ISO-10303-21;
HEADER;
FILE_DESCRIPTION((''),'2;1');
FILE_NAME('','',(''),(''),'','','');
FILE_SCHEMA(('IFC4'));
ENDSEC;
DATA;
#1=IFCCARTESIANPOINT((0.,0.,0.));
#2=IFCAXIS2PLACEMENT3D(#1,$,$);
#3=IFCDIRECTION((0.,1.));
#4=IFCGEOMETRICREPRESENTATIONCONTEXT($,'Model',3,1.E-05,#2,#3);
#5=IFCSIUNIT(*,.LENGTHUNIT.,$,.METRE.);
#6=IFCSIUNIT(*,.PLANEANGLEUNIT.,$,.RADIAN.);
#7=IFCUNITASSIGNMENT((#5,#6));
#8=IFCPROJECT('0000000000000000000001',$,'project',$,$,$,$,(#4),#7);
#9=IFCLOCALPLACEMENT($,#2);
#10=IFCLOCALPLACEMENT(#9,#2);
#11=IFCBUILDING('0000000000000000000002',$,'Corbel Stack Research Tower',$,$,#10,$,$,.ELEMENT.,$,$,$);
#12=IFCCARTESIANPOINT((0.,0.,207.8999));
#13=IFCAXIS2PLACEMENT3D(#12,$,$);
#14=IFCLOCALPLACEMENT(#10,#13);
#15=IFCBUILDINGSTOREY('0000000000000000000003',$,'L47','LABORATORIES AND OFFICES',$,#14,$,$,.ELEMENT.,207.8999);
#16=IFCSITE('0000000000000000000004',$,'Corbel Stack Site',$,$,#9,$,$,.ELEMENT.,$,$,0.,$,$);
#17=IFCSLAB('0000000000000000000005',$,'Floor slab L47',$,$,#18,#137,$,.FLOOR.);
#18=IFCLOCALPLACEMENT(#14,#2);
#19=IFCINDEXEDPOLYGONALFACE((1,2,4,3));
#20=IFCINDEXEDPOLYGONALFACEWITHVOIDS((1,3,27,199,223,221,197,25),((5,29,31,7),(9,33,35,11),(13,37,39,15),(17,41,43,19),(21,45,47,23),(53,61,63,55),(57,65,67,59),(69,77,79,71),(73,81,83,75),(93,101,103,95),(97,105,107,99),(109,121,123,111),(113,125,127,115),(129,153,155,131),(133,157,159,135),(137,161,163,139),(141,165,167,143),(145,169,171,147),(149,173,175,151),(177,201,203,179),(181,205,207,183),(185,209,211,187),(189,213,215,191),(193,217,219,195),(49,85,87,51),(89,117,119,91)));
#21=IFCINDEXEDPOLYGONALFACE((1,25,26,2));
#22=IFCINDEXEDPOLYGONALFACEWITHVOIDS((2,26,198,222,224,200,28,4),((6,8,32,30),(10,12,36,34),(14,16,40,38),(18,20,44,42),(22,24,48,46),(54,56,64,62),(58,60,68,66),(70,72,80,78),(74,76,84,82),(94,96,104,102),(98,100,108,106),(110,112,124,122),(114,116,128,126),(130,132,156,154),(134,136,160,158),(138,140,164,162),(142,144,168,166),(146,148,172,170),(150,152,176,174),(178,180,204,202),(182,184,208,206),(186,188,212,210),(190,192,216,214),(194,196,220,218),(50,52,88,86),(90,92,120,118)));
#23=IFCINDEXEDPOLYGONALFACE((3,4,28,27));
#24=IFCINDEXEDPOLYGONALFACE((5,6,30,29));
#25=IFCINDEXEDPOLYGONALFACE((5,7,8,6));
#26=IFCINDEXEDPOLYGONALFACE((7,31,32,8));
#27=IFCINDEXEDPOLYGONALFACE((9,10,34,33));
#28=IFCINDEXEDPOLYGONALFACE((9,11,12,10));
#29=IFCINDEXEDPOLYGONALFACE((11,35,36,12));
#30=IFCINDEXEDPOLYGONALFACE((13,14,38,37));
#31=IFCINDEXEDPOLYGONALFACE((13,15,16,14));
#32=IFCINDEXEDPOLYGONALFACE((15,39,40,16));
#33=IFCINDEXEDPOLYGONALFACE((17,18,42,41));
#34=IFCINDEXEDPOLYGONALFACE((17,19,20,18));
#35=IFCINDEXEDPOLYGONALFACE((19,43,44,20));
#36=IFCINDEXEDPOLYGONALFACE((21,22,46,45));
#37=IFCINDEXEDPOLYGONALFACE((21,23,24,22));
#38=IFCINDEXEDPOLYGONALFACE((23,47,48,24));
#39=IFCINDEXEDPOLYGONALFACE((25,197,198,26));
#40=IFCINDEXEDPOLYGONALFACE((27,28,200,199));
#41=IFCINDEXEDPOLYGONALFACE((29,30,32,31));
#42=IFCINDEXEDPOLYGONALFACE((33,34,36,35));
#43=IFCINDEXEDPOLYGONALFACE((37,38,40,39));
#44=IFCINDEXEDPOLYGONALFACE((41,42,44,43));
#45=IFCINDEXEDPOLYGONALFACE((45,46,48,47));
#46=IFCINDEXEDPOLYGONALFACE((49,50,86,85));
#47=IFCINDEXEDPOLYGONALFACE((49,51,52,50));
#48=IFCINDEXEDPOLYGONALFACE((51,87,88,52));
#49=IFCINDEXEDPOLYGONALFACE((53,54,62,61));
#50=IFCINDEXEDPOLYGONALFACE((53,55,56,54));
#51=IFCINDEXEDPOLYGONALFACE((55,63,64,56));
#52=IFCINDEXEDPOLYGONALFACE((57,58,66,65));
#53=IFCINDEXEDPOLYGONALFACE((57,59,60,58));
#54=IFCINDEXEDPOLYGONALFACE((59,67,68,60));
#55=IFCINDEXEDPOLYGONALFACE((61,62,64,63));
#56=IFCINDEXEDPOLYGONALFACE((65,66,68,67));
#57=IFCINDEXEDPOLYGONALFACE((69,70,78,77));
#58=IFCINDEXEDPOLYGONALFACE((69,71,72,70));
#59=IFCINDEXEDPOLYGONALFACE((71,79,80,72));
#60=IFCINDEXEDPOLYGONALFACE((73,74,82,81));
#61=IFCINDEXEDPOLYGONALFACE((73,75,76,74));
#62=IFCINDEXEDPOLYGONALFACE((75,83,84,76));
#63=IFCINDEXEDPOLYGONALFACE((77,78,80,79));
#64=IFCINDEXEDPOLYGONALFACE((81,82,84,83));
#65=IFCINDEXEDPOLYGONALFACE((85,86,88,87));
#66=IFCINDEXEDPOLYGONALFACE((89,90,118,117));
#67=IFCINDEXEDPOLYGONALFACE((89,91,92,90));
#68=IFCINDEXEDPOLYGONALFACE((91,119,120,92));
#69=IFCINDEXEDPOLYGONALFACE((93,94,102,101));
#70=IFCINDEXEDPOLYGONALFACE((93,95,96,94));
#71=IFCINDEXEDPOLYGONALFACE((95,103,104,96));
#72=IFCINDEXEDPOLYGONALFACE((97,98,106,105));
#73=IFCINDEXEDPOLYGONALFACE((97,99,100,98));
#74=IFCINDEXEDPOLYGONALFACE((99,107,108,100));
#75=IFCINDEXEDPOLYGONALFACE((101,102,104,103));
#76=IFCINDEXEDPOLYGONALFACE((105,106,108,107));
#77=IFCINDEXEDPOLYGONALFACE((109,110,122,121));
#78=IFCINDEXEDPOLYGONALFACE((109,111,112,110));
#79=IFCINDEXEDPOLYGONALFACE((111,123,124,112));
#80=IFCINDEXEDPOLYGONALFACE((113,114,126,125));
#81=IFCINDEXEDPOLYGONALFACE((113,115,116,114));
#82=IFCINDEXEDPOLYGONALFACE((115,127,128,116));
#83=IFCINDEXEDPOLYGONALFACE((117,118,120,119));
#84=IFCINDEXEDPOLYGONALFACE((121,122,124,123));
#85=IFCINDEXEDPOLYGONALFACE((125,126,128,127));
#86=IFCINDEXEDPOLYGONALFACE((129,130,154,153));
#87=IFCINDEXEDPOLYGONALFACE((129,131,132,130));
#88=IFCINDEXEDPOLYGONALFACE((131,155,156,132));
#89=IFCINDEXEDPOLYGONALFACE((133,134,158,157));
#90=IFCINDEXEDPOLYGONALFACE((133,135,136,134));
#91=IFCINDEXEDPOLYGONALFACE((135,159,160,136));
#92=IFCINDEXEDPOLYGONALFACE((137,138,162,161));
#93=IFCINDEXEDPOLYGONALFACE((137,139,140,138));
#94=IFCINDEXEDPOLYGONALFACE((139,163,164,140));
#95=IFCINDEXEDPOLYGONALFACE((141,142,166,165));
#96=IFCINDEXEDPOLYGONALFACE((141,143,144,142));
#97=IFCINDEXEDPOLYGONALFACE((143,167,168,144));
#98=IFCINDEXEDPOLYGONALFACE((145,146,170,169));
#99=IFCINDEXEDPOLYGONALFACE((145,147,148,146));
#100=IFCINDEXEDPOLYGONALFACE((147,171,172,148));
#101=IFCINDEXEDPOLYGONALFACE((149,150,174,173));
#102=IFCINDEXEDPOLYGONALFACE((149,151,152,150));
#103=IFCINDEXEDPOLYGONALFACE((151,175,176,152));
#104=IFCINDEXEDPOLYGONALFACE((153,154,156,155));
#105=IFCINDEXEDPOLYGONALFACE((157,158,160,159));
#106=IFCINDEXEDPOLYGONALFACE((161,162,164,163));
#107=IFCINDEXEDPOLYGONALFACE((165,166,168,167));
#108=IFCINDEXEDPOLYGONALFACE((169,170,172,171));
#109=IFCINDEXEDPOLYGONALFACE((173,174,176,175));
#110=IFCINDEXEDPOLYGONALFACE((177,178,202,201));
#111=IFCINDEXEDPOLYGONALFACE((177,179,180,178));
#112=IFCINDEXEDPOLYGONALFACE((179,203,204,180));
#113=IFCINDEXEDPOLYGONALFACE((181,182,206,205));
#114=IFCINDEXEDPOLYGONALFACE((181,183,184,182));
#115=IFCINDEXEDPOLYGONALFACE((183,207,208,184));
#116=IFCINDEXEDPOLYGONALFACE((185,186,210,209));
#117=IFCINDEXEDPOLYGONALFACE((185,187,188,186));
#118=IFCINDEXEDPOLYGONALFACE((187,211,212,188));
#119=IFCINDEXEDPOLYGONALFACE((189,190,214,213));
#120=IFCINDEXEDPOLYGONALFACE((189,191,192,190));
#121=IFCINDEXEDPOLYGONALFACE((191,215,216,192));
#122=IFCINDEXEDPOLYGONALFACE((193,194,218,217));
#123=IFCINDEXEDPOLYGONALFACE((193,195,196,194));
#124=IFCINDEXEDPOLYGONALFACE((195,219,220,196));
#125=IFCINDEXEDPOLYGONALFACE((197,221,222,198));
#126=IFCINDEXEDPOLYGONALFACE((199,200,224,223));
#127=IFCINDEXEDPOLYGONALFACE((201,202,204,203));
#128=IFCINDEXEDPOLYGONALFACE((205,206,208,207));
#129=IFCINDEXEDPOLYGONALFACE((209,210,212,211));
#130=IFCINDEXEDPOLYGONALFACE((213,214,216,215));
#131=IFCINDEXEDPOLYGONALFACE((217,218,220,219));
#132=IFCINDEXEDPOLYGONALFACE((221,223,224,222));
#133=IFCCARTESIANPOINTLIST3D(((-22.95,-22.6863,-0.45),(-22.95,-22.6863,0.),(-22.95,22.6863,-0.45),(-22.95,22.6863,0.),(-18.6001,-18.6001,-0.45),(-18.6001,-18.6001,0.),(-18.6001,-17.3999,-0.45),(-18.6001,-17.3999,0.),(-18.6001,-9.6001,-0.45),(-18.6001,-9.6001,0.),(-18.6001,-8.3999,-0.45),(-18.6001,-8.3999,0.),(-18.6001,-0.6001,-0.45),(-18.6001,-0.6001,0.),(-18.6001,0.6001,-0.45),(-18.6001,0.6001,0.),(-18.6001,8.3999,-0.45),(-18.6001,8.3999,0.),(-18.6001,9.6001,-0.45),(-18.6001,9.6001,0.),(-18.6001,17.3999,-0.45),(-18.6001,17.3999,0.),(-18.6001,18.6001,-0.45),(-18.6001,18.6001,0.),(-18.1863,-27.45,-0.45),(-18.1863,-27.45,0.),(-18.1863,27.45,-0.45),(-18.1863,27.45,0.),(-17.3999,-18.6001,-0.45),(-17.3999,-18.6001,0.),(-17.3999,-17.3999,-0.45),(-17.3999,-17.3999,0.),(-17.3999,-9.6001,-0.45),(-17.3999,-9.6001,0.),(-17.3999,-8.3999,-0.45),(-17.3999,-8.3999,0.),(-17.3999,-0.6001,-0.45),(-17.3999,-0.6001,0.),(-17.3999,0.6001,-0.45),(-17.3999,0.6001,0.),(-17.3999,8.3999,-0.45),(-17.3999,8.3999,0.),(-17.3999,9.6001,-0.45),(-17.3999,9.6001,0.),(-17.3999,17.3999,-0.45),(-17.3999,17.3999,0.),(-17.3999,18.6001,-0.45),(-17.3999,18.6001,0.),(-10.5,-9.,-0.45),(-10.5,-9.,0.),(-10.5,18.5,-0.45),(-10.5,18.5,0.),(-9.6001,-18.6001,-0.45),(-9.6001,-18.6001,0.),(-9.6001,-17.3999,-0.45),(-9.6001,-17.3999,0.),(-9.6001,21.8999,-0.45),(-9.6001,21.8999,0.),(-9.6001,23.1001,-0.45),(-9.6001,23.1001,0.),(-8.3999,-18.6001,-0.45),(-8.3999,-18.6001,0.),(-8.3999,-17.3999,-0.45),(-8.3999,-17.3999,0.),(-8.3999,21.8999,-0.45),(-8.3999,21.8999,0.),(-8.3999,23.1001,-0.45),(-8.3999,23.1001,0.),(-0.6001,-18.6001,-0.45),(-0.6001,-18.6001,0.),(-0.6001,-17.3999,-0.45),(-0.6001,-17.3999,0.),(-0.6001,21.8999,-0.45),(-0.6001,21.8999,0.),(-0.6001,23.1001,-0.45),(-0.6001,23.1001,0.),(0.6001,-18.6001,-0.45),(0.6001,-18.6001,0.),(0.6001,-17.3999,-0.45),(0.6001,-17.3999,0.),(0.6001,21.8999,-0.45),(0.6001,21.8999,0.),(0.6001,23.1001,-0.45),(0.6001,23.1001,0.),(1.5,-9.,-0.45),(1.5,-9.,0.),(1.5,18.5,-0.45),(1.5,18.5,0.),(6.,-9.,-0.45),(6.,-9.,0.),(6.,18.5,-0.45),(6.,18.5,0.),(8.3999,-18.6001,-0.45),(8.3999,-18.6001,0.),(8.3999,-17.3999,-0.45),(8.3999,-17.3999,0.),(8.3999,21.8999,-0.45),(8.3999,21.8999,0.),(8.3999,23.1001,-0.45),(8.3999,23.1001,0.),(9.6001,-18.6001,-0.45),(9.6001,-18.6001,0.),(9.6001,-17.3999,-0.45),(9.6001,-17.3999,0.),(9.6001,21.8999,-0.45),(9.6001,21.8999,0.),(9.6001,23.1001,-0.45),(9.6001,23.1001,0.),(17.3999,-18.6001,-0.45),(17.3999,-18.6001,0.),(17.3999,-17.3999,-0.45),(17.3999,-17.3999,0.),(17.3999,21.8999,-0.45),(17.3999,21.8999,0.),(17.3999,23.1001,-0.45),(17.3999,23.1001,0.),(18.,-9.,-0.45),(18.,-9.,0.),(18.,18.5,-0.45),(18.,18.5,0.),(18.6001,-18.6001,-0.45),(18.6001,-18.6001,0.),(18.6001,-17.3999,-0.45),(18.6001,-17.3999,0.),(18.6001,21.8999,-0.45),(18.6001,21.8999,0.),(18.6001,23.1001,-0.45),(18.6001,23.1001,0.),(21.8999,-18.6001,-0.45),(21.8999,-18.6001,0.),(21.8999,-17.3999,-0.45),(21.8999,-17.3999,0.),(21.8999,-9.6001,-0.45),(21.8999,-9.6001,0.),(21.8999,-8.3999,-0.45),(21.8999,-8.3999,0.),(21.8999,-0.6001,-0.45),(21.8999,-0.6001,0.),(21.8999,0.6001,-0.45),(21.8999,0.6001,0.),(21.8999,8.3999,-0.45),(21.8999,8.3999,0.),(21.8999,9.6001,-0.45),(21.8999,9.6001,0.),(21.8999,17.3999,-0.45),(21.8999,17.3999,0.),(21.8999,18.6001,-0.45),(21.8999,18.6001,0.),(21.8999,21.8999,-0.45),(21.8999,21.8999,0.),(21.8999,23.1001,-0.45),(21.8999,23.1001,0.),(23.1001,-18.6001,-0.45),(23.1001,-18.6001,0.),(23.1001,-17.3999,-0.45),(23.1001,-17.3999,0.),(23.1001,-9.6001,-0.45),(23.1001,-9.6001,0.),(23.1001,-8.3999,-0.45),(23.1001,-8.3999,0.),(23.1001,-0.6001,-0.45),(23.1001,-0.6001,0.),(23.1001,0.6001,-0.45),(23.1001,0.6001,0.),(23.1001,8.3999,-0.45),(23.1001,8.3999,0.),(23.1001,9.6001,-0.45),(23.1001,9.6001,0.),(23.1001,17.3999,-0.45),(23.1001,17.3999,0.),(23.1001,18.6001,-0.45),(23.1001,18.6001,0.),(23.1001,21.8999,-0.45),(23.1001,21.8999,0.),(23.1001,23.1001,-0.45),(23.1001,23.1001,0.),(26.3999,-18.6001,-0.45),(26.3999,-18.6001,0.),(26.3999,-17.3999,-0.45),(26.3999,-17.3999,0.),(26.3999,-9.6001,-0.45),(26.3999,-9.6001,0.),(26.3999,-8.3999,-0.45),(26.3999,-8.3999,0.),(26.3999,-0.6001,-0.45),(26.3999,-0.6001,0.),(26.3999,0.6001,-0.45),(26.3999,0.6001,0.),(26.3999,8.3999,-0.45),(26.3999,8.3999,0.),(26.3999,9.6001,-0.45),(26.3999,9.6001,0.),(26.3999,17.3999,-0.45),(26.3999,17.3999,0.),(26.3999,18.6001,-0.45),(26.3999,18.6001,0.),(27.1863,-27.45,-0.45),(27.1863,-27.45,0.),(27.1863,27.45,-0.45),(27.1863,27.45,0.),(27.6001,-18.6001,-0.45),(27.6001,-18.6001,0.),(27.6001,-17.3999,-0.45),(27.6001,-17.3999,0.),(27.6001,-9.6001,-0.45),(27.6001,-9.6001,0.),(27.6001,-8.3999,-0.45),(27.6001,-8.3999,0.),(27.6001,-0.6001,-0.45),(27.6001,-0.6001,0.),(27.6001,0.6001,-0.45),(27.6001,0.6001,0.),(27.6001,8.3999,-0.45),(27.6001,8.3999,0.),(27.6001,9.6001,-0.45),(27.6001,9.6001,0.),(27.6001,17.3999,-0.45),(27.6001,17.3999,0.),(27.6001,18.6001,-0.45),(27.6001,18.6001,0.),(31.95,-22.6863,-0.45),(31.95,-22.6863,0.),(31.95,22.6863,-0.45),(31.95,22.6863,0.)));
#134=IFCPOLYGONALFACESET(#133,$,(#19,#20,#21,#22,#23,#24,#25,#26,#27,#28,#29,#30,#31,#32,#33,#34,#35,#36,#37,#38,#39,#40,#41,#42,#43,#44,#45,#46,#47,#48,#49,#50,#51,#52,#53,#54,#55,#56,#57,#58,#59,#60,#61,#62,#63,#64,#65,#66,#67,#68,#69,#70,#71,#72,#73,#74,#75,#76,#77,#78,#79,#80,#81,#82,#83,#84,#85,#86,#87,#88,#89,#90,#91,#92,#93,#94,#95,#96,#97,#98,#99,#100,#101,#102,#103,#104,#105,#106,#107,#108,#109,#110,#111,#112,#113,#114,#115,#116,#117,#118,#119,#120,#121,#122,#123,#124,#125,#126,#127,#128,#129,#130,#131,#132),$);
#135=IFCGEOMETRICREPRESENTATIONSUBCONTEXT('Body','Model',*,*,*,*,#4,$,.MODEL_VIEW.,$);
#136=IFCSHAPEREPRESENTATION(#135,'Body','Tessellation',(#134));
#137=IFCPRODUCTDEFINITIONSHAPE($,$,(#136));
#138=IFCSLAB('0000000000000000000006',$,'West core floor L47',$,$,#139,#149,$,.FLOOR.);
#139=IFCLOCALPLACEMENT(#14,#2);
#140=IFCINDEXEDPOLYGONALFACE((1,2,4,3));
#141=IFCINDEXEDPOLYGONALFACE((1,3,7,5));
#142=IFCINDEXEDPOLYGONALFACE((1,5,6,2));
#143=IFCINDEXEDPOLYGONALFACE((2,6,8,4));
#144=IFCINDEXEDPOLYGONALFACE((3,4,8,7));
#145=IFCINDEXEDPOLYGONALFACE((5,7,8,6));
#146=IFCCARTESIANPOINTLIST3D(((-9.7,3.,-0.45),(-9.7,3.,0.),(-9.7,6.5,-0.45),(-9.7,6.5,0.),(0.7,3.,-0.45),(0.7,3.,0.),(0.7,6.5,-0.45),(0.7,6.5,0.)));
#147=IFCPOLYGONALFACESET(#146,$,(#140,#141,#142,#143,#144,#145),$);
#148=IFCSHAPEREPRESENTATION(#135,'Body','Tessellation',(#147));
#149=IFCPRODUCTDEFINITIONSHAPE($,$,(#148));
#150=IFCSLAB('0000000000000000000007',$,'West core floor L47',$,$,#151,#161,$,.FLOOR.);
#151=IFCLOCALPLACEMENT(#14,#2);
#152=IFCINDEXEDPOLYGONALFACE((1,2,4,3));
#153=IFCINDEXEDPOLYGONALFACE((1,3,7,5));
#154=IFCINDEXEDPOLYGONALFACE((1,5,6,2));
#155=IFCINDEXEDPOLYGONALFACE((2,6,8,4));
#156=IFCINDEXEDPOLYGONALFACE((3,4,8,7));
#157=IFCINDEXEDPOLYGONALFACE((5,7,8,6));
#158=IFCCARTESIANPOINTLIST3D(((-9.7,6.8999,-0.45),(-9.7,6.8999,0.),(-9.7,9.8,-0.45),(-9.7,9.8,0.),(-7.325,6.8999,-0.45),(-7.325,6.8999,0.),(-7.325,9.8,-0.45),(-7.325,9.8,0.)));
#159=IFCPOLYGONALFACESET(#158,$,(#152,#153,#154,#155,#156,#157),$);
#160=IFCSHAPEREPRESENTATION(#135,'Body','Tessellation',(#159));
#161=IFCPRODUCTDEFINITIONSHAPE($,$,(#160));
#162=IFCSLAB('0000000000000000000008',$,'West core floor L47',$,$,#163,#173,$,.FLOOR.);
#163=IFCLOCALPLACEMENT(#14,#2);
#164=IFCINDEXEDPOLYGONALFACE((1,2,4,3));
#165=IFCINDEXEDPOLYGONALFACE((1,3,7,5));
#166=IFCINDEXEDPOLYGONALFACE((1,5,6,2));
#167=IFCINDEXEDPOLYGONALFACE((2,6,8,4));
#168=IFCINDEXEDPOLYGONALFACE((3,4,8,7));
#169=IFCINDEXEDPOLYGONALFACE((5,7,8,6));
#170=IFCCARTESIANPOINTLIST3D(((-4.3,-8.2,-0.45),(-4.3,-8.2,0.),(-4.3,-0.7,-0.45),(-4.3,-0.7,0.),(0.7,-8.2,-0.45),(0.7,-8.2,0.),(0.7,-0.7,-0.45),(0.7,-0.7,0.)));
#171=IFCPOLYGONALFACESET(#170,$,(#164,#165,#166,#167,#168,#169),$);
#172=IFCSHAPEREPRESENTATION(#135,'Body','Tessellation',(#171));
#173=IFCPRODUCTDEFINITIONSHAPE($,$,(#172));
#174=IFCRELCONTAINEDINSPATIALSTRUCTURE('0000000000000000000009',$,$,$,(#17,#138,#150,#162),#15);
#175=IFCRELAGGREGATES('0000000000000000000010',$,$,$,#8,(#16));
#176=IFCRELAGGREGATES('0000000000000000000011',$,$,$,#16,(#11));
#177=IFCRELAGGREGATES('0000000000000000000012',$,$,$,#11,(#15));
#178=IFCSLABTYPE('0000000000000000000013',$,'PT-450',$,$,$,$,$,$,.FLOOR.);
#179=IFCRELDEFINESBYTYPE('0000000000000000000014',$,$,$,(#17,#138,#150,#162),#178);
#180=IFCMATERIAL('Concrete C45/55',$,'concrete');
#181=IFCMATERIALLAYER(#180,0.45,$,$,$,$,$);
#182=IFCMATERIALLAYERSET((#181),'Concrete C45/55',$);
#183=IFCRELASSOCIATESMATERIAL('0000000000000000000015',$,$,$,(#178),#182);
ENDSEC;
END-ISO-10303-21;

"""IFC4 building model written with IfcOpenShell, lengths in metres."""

from ifc_helpers import new_model, si_unit, direction, frame, origin, place, context, subcontext, project, spatial, polyline, outline, extrude, material, layer, layer_set, type_object, element, save


model = new_model("IFC4")

# Units and contexts
model_context = context("Model", 3, precision=1e-05, world=origin(), true_north=direction((0.0, 1.0)))
body_context = subcontext(model_context, "Body", "Model", "MODEL_VIEW")
ifc_project = project(units=[si_unit("LENGTHUNIT", "METRE"), si_unit("PLANEANGLEUNIT", "RADIAN")], contexts=[model_context])

# Site, building, storey
site_placement = place(None, origin())
site = spatial("IfcSite", under=ifc_project, at=site_placement, Name="Corbel Stack Site", CompositionType="ELEMENT", RefElevation=0.0)
building_placement = place(site_placement, origin())
building = spatial("IfcBuilding", under=site, at=building_placement, Name="Corbel Stack Research Tower", CompositionType="ELEMENT")
storey_placement = place(building_placement, frame((0.0, 0.0, 207.8999)))
storey = spatial("IfcBuildingStorey", under=building, at=storey_placement, Name="L47", Description="LABORATORIES AND OFFICES", CompositionType="ELEMENT", Elevation=207.8999)

# Slabs
ifc_material_1 = material(Name="Concrete C45/55", Category="concrete")
ifc_layer_1 = layer(ifc_material_1, 0.45)
ifc_layer_set_1 = layer_set([ifc_layer_1], Name="Concrete C45/55")
slab_type = type_object("IfcSlabType", Name="PT-450", PredefinedType="FLOOR", material=ifc_layer_set_1)
slab_1_placement = place(storey_placement, frame((0.0, 0.0, -0.45)))
element("IfcSlab", 1, at=slab_1_placement, inside=storey, type_object=slab_type, Name="Floor slab L47", PredefinedType="FLOOR", context=body_context, shape_type="SweptSolid", body=[
    extrude(outline(polyline([(-18.1863, -27.45), (27.1863, -27.45), (31.95, -22.6863), (31.95, 22.6863), (27.1863, 27.45), (-18.1863, 27.45), (-22.95, 22.6863), (-22.95, -22.6863), (-18.1863, -27.45)]), holes=[polyline([(26.3999, 17.3999), (26.3999, 18.6001), (27.6001, 18.6001), (27.6001, 17.3999), (26.3999, 17.3999)]), polyline([(26.3999, 8.3999), (26.3999, 9.6001), (27.6001, 9.6001), (27.6001, 8.3999), (26.3999, 8.3999)]), polyline([(27.6001, -0.6001), (26.3999, -0.6001), (26.3999, 0.6001), (27.6001, 0.6001), (27.6001, -0.6001)]), polyline([(26.3999, -9.6001), (26.3999, -8.3999), (27.6001, -8.3999), (27.6001, -9.6001), (26.3999, -9.6001)]), polyline([(26.3999, -18.6001), (26.3999, -17.3999), (27.6001, -17.3999), (27.6001, -18.6001), (26.3999, -18.6001)]), polyline([(21.8999, 21.8999), (21.8999, 23.1001), (23.1001, 23.1001), (23.1001, 21.8999), (21.8999, 21.8999)]), polyline([(21.8999, 17.3999), (21.8999, 18.6001), (23.1001, 18.6001), (23.1001, 17.3999), (21.8999, 17.3999)]), polyline([(21.8999, 8.3999), (21.8999, 9.6001), (23.1001, 9.6001), (23.1001, 8.3999), (21.8999, 8.3999)]), polyline([(21.8999, -0.6001), (21.8999, 0.6001), (23.1001, 0.6001), (23.1001, -0.6001), (21.8999, -0.6001)]), polyline([(23.1001, -9.6001), (21.8999, -9.6001), (21.8999, -8.3999), (23.1001, -8.3999), (23.1001, -9.6001)]), polyline([(21.8999, -18.6001), (21.8999, -17.3999), (23.1001, -17.3999), (23.1001, -18.6001), (21.8999, -18.6001)]), polyline([(17.3999, 21.8999), (17.3999, 23.1001), (18.6001, 23.1001), (18.6001, 21.8999), (17.3999, 21.8999)]), polyline([(18.6001, -18.6001), (17.3999, -18.6001), (17.3999, -17.3999), (18.6001, -17.3999), (18.6001, -18.6001)]), polyline([(6.0, -9.0), (6.0, 18.5), (18.0, 18.5), (18.0, -9.0), (6.0, -9.0)]), polyline([(8.3999, 21.8999), (8.3999, 23.1001), (9.6001, 23.1001), (9.6001, 21.8999), (8.3999, 21.8999)]), polyline([(9.6001, -18.6001), (8.3999, -18.6001), (8.3999, -17.3999), (9.6001, -17.3999), (9.6001, -18.6001)]), polyline([(1.5, -9.0), (-10.5, -9.0), (-10.5, 18.5), (1.5, 18.5), (1.5, -9.0)]), polyline([(-0.6001, 21.8999), (-0.6001, 23.1001), (0.6001, 23.1001), (0.6001, 21.8999), (-0.6001, 21.8999)]), polyline([(-0.6001, -18.6001), (-0.6001, -17.3999), (0.6001, -17.3999), (0.6001, -18.6001), (-0.6001, -18.6001)]), polyline([(-9.6001, 21.8999), (-9.6001, 23.1001), (-8.3999, 23.1001), (-8.3999, 21.8999), (-9.6001, 21.8999)]), polyline([(-9.6001, -18.6001), (-9.6001, -17.3999), (-8.3999, -17.3999), (-8.3999, -18.6001), (-9.6001, -18.6001)]), polyline([(-18.6001, 17.3999), (-18.6001, 18.6001), (-17.3999, 18.6001), (-17.3999, 17.3999), (-18.6001, 17.3999)]), polyline([(-18.6001, 8.3999), (-18.6001, 9.6001), (-17.3999, 9.6001), (-17.3999, 8.3999), (-18.6001, 8.3999)]), polyline([(-18.6001, -0.6001), (-18.6001, 0.6001), (-17.3999, 0.6001), (-17.3999, -0.6001), (-18.6001, -0.6001)]), polyline([(-18.6001, -9.6001), (-18.6001, -8.3999), (-17.3999, -8.3999), (-17.3999, -9.6001), (-18.6001, -9.6001)]), polyline([(-17.3999, -18.6001), (-18.6001, -18.6001), (-18.6001, -17.3999), (-17.3999, -17.3999), (-17.3999, -18.6001)])]), origin(), (0.0, 0.0, 1.0), 0.45),
])
slab_2_placement = place(storey_placement, frame((0.0, 0.0, -0.45)))
element("IfcSlab", 2, at=slab_2_placement, inside=storey, type_object=slab_type, Name="West core floor L47", PredefinedType="FLOOR", context=body_context, shape_type="SweptSolid", body=[
    extrude(outline(polyline([(0.7, 6.5), (-9.7, 6.5), (-9.7, 3.0), (0.7, 3.0), (0.7, 6.5)])), origin(), (0.0, 0.0, 1.0), 0.45),
])
slab_3_placement = place(storey_placement, frame((0.0, 0.0, -0.45)))
element("IfcSlab", 3, at=slab_3_placement, inside=storey, type_object=slab_type, Name="West core floor L47", PredefinedType="FLOOR", context=body_context, shape_type="SweptSolid", body=[
    extrude(outline(polyline([(-9.7, 6.8999), (-7.325, 6.8999), (-7.325, 9.8), (-9.7, 9.8), (-9.7, 6.8999)])), origin(), (0.0, 0.0, 1.0), 0.45),
])
slab_4_placement = place(storey_placement, frame((0.0, 0.0, -0.45)))
element("IfcSlab", 4, at=slab_4_placement, inside=storey, type_object=slab_type, Name="West core floor L47", PredefinedType="FLOOR", context=body_context, shape_type="SweptSolid", body=[
    extrude(outline(polyline([(-4.3, -0.7), (-4.3, -8.2), (0.7, -8.2), (0.7, -0.7), (-4.3, -0.7)])), origin(), (0.0, 0.0, 1.0), 0.45),
])

save(model, "model.ifc")
